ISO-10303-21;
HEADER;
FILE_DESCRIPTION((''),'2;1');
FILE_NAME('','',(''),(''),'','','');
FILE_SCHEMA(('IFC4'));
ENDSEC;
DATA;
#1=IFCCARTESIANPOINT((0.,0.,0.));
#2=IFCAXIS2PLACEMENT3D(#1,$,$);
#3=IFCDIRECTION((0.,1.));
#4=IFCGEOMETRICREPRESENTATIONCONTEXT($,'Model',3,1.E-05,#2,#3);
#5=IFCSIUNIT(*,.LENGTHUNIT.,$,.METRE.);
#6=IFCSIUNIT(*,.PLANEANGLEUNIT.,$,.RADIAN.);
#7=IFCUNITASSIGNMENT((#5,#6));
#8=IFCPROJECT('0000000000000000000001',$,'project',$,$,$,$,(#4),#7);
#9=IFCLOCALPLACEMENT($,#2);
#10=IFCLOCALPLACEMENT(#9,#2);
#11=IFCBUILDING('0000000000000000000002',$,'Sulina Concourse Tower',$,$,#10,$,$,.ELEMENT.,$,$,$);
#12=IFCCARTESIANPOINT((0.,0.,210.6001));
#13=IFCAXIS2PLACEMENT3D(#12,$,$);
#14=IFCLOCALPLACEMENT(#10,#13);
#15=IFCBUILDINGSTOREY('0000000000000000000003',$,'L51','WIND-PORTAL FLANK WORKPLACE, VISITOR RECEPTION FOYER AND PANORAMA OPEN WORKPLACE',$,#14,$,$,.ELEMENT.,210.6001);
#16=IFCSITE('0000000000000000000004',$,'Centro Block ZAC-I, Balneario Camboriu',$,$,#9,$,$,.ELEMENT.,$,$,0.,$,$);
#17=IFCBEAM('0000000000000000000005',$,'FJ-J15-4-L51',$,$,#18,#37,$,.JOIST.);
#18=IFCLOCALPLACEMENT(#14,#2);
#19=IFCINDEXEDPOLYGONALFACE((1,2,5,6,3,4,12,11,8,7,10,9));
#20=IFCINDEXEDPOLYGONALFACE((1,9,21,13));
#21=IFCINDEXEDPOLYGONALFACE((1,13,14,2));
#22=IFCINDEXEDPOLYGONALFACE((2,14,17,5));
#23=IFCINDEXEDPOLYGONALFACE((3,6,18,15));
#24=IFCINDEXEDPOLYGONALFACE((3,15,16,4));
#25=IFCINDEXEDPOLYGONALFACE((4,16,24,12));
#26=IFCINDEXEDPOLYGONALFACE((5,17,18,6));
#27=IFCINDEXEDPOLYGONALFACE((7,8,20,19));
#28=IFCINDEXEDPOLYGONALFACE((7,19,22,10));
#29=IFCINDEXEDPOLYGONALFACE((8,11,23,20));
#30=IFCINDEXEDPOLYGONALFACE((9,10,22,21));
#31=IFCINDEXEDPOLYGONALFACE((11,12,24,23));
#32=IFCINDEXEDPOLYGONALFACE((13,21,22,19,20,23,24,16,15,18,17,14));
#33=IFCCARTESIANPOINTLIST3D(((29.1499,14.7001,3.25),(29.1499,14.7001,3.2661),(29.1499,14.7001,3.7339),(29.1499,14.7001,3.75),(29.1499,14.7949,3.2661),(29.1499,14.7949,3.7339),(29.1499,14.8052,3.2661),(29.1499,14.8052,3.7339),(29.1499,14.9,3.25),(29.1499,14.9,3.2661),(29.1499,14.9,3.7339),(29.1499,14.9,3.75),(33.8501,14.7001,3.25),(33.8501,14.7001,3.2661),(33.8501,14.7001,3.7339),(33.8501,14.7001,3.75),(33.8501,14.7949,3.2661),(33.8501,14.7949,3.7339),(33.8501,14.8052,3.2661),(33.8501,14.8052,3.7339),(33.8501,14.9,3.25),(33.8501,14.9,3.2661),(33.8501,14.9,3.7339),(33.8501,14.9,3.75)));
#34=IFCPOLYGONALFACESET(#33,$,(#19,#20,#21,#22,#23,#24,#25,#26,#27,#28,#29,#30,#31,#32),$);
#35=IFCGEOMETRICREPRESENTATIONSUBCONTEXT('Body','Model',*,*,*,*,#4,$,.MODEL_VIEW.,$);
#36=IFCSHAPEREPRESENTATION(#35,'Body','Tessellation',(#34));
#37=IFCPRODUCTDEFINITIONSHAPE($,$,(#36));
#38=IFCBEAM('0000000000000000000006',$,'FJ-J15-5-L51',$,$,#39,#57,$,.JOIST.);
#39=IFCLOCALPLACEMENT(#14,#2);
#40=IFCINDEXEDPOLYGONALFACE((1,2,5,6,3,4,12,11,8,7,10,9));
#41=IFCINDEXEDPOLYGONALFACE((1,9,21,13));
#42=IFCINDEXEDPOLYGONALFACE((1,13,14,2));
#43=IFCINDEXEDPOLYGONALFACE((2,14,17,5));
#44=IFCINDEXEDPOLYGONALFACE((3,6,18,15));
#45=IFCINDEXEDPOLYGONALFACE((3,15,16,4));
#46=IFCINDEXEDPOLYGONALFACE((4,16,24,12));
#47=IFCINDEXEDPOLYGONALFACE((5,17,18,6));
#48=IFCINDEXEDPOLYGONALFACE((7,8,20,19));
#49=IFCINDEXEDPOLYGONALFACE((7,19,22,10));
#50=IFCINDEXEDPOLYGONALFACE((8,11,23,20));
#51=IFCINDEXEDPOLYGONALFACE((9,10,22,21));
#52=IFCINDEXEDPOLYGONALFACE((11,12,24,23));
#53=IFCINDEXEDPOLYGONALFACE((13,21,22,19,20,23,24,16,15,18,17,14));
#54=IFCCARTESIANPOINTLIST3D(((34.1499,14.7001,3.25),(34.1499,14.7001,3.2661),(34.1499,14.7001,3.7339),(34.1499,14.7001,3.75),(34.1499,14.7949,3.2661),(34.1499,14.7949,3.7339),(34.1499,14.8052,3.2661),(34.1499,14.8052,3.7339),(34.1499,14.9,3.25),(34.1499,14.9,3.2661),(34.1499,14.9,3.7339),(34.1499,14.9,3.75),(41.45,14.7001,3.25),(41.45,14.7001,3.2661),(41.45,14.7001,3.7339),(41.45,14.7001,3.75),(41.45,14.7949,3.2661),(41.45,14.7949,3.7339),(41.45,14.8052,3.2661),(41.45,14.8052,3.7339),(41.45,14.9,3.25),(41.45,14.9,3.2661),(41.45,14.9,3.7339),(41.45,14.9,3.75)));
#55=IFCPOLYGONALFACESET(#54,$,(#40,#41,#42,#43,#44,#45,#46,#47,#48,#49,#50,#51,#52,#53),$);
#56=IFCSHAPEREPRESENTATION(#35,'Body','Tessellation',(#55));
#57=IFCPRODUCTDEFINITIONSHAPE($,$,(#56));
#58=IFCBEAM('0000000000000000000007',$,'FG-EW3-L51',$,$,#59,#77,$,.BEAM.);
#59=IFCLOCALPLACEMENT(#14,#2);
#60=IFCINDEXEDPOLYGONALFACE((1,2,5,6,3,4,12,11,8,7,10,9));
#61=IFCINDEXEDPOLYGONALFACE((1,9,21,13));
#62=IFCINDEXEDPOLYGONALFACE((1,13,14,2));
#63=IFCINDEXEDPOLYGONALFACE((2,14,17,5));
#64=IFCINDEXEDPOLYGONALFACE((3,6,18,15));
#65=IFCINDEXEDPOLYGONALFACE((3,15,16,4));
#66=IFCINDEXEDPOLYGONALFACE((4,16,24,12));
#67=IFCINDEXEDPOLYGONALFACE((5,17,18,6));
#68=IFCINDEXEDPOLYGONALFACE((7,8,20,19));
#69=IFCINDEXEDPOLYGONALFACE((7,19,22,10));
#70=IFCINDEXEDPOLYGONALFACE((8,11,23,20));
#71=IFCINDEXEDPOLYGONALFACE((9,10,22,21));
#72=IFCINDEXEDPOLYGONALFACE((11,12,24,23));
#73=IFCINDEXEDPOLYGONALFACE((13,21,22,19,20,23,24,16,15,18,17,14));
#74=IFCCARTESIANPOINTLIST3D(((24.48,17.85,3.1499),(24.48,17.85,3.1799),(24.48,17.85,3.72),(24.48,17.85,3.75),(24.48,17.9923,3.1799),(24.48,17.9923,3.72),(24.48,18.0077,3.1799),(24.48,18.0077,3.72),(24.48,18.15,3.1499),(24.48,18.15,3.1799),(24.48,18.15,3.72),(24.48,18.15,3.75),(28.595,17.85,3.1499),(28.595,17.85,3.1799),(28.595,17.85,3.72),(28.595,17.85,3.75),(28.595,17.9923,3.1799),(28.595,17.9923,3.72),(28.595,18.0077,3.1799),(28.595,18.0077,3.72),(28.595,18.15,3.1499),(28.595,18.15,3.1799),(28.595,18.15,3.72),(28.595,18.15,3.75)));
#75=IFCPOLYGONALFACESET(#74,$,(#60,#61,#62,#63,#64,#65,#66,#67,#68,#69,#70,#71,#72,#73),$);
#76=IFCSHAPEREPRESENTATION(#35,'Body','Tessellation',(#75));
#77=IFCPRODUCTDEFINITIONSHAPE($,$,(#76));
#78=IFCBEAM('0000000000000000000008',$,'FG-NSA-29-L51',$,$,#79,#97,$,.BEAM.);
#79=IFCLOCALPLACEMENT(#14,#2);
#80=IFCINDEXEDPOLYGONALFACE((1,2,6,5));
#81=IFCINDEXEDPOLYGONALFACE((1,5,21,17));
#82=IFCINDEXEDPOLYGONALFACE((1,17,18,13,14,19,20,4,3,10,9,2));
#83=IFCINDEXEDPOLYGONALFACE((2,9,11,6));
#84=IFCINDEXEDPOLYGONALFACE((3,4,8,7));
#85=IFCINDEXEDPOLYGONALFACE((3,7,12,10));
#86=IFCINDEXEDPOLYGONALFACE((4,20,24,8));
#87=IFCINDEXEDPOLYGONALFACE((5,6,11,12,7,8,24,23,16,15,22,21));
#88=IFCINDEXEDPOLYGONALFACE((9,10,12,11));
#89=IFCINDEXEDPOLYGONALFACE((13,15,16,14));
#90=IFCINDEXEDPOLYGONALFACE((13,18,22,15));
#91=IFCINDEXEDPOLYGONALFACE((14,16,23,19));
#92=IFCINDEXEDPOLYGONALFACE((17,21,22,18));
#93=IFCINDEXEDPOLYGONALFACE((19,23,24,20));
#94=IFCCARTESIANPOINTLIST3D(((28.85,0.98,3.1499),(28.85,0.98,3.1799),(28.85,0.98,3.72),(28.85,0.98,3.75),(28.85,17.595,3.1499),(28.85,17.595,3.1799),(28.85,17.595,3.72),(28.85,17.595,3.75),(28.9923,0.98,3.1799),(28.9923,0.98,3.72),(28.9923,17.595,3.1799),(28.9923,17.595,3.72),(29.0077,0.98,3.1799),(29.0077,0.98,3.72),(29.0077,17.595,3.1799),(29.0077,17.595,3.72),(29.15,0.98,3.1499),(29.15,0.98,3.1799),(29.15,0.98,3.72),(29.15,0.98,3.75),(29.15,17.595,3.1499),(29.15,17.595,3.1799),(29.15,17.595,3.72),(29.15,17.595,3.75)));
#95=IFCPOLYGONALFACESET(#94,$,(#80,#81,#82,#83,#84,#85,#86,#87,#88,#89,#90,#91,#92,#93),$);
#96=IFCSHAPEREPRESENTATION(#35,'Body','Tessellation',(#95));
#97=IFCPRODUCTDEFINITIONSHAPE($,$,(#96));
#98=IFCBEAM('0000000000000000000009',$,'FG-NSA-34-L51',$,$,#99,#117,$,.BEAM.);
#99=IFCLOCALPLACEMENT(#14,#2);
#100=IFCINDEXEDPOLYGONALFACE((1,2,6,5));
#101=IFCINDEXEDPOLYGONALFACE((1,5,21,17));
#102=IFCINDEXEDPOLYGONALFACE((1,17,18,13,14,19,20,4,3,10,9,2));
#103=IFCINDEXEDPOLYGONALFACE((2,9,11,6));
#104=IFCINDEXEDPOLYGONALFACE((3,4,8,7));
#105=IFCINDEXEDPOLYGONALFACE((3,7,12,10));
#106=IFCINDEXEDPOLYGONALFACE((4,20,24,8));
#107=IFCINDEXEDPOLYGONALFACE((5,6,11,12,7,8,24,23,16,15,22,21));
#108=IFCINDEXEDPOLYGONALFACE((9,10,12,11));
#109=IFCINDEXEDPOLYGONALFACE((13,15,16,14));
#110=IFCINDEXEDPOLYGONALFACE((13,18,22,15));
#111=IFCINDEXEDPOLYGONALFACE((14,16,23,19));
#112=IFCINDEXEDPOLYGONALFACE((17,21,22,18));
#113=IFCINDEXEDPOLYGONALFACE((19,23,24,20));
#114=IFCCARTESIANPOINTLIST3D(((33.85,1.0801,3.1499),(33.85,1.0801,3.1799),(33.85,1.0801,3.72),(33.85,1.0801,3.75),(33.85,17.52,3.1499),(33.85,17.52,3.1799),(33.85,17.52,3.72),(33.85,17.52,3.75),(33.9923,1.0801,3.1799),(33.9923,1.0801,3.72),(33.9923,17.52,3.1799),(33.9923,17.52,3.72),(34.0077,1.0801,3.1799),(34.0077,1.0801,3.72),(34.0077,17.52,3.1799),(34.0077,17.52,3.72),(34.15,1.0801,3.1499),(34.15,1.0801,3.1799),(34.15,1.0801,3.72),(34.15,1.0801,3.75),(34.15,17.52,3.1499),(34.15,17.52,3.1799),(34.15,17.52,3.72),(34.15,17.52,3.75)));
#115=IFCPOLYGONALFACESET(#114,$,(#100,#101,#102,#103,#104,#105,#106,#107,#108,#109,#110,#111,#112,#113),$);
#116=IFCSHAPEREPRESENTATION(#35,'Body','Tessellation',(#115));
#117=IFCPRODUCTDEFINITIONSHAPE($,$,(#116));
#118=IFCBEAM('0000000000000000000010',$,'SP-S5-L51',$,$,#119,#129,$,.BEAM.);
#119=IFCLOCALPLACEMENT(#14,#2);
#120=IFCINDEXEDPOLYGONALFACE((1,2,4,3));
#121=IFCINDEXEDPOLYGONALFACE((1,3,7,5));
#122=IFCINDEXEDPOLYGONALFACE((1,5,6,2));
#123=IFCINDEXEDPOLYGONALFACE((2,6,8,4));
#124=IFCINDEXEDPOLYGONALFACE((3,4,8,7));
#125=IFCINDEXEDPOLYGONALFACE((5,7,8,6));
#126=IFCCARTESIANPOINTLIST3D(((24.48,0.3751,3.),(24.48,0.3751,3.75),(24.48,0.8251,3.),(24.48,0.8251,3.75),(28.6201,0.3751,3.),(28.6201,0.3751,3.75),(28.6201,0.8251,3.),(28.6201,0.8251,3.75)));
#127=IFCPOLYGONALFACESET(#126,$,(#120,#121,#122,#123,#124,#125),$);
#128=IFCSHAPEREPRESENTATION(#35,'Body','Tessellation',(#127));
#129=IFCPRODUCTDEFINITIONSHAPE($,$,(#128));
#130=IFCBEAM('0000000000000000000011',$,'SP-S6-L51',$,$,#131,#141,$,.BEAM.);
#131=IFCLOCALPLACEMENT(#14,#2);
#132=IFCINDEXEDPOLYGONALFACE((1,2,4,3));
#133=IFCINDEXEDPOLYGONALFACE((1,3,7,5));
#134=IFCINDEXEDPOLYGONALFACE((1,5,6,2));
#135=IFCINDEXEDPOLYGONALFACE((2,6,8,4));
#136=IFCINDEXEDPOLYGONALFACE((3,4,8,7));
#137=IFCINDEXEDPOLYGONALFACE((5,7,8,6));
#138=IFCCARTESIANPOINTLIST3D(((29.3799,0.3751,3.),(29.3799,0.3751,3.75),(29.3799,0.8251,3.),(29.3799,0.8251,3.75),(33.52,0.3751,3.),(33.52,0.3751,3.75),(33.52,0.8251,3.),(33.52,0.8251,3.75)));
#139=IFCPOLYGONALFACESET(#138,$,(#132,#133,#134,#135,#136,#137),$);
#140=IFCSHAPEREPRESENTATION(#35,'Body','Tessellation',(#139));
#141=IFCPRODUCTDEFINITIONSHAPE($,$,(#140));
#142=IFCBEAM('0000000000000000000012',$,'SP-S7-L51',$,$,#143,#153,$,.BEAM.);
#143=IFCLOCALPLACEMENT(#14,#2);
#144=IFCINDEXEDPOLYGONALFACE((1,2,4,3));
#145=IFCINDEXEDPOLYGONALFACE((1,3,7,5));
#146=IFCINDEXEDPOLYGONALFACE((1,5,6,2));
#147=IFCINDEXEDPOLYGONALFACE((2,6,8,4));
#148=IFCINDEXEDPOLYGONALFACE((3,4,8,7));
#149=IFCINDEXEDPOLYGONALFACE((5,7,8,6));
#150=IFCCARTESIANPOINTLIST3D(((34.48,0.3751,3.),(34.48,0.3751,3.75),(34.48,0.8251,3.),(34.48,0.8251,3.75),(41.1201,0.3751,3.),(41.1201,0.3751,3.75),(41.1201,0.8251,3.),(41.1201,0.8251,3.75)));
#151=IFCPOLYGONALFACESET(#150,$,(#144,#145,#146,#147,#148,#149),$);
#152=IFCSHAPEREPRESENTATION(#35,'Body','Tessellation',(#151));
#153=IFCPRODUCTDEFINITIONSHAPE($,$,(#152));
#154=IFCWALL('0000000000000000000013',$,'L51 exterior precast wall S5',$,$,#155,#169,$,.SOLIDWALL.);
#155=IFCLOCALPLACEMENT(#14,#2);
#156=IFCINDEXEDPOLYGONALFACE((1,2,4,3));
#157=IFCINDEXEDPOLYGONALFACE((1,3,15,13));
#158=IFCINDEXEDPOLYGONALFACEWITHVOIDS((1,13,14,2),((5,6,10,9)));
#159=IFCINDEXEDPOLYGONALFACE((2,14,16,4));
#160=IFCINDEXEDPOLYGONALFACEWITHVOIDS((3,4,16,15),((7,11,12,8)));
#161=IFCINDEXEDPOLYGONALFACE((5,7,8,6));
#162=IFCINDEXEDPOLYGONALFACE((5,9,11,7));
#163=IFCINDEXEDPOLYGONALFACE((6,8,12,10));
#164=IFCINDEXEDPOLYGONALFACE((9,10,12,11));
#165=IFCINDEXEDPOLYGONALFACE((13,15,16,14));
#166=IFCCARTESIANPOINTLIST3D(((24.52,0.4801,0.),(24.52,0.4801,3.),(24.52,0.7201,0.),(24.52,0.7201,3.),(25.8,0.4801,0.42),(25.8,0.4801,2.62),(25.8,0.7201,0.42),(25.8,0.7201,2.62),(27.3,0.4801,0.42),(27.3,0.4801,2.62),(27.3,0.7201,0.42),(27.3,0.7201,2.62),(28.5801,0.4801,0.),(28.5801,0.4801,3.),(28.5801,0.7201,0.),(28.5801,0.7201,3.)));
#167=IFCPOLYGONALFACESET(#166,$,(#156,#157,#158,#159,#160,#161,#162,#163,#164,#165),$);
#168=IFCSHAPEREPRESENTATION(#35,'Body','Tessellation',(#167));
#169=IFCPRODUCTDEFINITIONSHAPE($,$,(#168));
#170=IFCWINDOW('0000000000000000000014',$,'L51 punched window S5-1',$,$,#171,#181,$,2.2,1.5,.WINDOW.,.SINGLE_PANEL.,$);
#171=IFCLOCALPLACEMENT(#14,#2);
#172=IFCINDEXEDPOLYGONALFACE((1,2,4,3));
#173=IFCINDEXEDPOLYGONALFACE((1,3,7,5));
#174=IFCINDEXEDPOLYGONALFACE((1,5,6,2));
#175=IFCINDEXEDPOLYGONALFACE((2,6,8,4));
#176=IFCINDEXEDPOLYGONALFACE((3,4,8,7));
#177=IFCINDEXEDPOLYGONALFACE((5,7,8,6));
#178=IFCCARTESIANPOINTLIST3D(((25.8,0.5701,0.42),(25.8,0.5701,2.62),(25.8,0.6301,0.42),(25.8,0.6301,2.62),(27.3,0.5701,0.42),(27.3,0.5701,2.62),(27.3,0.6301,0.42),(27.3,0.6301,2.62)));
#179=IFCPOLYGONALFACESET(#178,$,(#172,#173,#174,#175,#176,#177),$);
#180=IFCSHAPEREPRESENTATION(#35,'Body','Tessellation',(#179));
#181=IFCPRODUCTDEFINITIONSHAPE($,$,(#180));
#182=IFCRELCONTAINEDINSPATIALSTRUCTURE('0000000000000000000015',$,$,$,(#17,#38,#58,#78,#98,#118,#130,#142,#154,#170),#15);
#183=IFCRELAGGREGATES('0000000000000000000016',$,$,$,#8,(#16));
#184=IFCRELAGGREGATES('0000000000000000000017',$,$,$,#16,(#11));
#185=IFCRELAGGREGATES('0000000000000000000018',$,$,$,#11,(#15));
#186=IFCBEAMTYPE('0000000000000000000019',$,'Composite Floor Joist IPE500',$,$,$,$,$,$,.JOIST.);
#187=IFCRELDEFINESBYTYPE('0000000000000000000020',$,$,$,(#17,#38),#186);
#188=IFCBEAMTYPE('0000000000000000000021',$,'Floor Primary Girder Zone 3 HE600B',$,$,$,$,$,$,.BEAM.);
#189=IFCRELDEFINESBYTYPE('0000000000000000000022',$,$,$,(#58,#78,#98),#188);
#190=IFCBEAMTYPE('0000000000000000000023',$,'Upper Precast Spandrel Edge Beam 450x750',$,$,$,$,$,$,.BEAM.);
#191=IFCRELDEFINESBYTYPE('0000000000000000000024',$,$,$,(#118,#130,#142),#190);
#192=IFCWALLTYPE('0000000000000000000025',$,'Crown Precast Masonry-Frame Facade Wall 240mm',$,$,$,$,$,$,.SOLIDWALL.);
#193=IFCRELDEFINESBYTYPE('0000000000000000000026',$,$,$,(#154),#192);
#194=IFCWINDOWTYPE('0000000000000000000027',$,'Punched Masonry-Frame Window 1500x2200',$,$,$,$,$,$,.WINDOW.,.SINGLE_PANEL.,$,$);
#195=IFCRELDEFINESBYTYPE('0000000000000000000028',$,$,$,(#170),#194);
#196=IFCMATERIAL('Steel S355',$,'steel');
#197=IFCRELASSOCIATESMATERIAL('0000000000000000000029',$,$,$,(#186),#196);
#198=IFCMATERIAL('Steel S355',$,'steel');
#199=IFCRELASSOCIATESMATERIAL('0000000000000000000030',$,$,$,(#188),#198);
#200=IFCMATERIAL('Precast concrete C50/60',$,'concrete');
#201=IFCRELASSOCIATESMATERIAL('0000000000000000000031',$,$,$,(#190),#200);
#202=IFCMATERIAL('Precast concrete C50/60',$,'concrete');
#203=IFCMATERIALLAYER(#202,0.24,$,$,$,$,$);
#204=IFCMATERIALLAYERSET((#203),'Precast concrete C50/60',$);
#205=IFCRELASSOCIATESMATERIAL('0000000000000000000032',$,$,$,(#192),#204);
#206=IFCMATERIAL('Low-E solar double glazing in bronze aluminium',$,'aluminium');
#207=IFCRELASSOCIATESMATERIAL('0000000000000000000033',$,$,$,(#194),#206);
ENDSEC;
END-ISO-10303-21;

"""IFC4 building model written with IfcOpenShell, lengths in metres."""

from ifc_helpers import new_model, si_unit, direction, frame, frame_2d, origin, origin_2d, place, context, subcontext, project, spatial, rectangle, i_section, extrude, material, layer, layer_set, material_profile, profile_set, type_object, element, fill, save


model = new_model("IFC4")

# Units and contexts
model_context = context("Model", 3, precision=1e-05, world=origin(), true_north=direction((0.0, 1.0)))
body_context = subcontext(model_context, "Body", "Model", "MODEL_VIEW")
ifc_project = project(units=[si_unit("LENGTHUNIT", "METRE"), si_unit("PLANEANGLEUNIT", "RADIAN")], contexts=[model_context])

# Site, building, storey
site_placement = place(None, origin())
site = spatial("IfcSite", under=ifc_project, at=site_placement, Name="Centro Block ZAC-I, Balneario Camboriu", CompositionType="ELEMENT", RefElevation=0.0)
building_placement = place(site_placement, origin())
building = spatial("IfcBuilding", under=site, at=building_placement, Name="Sulina Concourse Tower", CompositionType="ELEMENT")
storey_placement = place(building_placement, frame((0.0, 0.0, 210.6001)))
storey = spatial("IfcBuildingStorey", under=building, at=storey_placement, Name="L51", Description="WIND-PORTAL FLANK WORKPLACE, VISITOR RECEPTION FOYER AND PANORAMA OPEN WORKPLACE", CompositionType="ELEMENT", Elevation=210.6001)

# Beams
ifc_material_1 = material(Name="Steel S355", Category="steel")
ifc_material_profile_1 = material_profile(ifc_material_1, i_section(OverallWidth=0.2, OverallDepth=0.5, WebThickness=0.0103, FlangeThickness=0.0161, at=origin_2d()), Name="IPE 500")
ifc_profile_set_1 = profile_set([ifc_material_profile_1], Name="Steel S355")
beam_type_1 = type_object("IfcBeamType", Name="Composite Floor Joist IPE500", PredefinedType="JOIST", material=ifc_profile_set_1)
for number, where, z_axis, x_axis, name in (
    (1, (29.1499, 14.8, 3.5), (1.0, 0.0, 0.0), (0.0, 1.0, 0.0), "FJ-J15-4-L51"),
):
    element("IfcBeam", number, at=place(storey_placement, frame(where, z_axis=z_axis, x_axis=x_axis)), inside=storey, type_object=beam_type_1, Name=name, PredefinedType="JOIST", context=body_context, shape_type="SweptSolid", body=[
        extrude(i_section(OverallWidth=0.2, OverallDepth=0.5, WebThickness=0.0103, FlangeThickness=0.0161, at=origin_2d()), origin(), (0.0, 0.0, 1.0), 4.7002),
    ])
beam_1_placement = place(storey_placement, frame((34.1499, 14.8, 3.5), z_axis=(1.0, 0.0, 0.0), x_axis=(0.0, 1.0, 0.0)))
element("IfcBeam", 2, at=beam_1_placement, inside=storey, type_object=beam_type_1, Name="FJ-J15-5-L51", PredefinedType="JOIST", context=body_context, shape_type="SweptSolid", body=[
    extrude(i_section(OverallWidth=0.2, OverallDepth=0.5, WebThickness=0.0103, FlangeThickness=0.0161, at=origin_2d()), origin(), (0.0, 0.0, 1.0), 7.3),
])
ifc_material_2 = material(Name="Steel S355", Category="steel")
ifc_material_profile_2 = material_profile(ifc_material_2, i_section(OverallWidth=0.3, OverallDepth=0.6001, WebThickness=0.0154, FlangeThickness=0.03, at=origin_2d()), Name="HE 600 B")
ifc_profile_set_2 = profile_set([ifc_material_profile_2], Name="Steel S355")
beam_type_2 = type_object("IfcBeamType", Name="Floor Primary Girder Zone 3 HE600B", PredefinedType="BEAM", material=ifc_profile_set_2)
beam_2_placement = place(storey_placement, frame((24.48, 18.0, 3.45), z_axis=(1.0, 0.0, 0.0), x_axis=(0.0, 1.0, 0.0)))
element("IfcBeam", 3, at=beam_2_placement, inside=storey, type_object=beam_type_2, Name="FG-EW3-L51", PredefinedType="BEAM", context=body_context, shape_type="SweptSolid", body=[
    extrude(i_section(OverallWidth=0.3, OverallDepth=0.6001, WebThickness=0.0154, FlangeThickness=0.03, at=origin_2d()), origin(), (0.0, 0.0, 1.0), 4.115),
])
beam_3_placement = place(storey_placement, frame((29.0, 0.98, 3.45), z_axis=(0.0, 1.0, 0.0), x_axis=(-1.0, 0.0, 0.0)))
element("IfcBeam", 4, at=beam_3_placement, inside=storey, type_object=beam_type_2, Name="FG-NSA-29-L51", PredefinedType="BEAM", context=body_context, shape_type="SweptSolid", body=[
    extrude(i_section(OverallWidth=0.3, OverallDepth=0.6001, WebThickness=0.0154, FlangeThickness=0.03, at=origin_2d()), origin(), (0.0, 0.0, 1.0), 16.615),
])
beam_4_placement = place(storey_placement, frame((34.0, 1.0801, 3.45), z_axis=(0.0, 1.0, 0.0), x_axis=(-1.0, 0.0, 0.0)))
element("IfcBeam", 5, at=beam_4_placement, inside=storey, type_object=beam_type_2, Name="FG-NSA-34-L51", PredefinedType="BEAM", context=body_context, shape_type="SweptSolid", body=[
    extrude(i_section(OverallWidth=0.3, OverallDepth=0.6001, WebThickness=0.0154, FlangeThickness=0.03, at=origin_2d()), origin(), (0.0, 0.0, 1.0), 16.4399),
])
ifc_material_3 = material(Name="Precast concrete C50/60", Category="concrete")
ifc_material_profile_3 = material_profile(ifc_material_3, rectangle(XDim=0.45, YDim=0.75, at=origin_2d()), Name="RC 450x750")
ifc_profile_set_3 = profile_set([ifc_material_profile_3], Name="Precast concrete C50/60")
beam_type_3 = type_object("IfcBeamType", Name="Upper Precast Spandrel Edge Beam 450x750", PredefinedType="BEAM", material=ifc_profile_set_3)
for number, where, z_axis, x_axis, name in (
    (6, (24.48, 0.6001, 3.375), (1.0, 0.0, 0.0), (0.0, 1.0, 0.0), "SP-S5-L51"),
    (7, (29.3799, 0.6001, 3.375), (1.0, 0.0, 0.0), (0.0, 1.0, 0.0), "SP-S6-L51"),
):
    element("IfcBeam", number, at=place(storey_placement, frame(where, z_axis=z_axis, x_axis=x_axis)), inside=storey, type_object=beam_type_3, Name=name, PredefinedType="BEAM", context=body_context, shape_type="SweptSolid", body=[
        extrude(rectangle(XDim=0.45, YDim=0.75, at=origin_2d()), origin(), (0.0, 0.0, 1.0), 4.1401),
    ])
beam_5_placement = place(storey_placement, frame((34.48, 0.6001, 3.375), z_axis=(1.0, 0.0, 0.0), x_axis=(0.0, 1.0, 0.0)))
element("IfcBeam", 8, at=beam_5_placement, inside=storey, type_object=beam_type_3, Name="SP-S7-L51", PredefinedType="BEAM", context=body_context, shape_type="SweptSolid", body=[
    extrude(rectangle(XDim=0.45, YDim=0.75, at=origin_2d()), origin(), (0.0, 0.0, 1.0), 6.6401),
])

# Wall, opening, window
ifc_material_4 = material(Name="Precast concrete C50/60", Category="concrete")
ifc_layer = layer(ifc_material_4, 0.24)
ifc_layer_set = layer_set([ifc_layer], Name="Precast concrete C50/60")
wall_type = type_object("IfcWallType", Name="Crown Precast Masonry-Frame Facade Wall 240mm", PredefinedType="SOLIDWALL", material=ifc_layer_set)
wall_1_placement = place(storey_placement, frame((28.5801, 0.6001, 0.0), z_axis=(0.0, 0.0, 1.0), x_axis=(-1.0, 0.0, 0.0)))
wall_1 = element("IfcWall", 9, at=wall_1_placement, inside=storey, type_object=wall_type, Name="L51 exterior precast wall S5", PredefinedType="SOLIDWALL", context=body_context, shape_type="SweptSolid", body=[
    extrude(rectangle(XDim=4.0601, YDim=0.24, at=frame_2d((2.03, 0.0))), origin(), (0.0, 0.0, 1.0), 3.0),
])
opening_1_placement = place(wall_1_placement, frame((1.28, 0.0, 0.4199)))
opening_1 = element("IfcOpeningElement", 10, at=opening_1_placement, cuts=wall_1, PredefinedType="OPENING", context=body_context, shape_type="SweptSolid", body=[
    extrude(rectangle(XDim=1.5, YDim=2.2, at=frame_2d((0.75, 1.1001))), frame((0.0, 0.1299, 0.0), z_axis=(0.0, -1.0, 0.0), x_axis=(1.0, 0.0, 0.0)), (0.0, 0.0, 1.0), 0.26),
])
ifc_material_5 = material(Name="Low-E solar double glazing in bronze aluminium", Category="aluminium")
window_type = type_object("IfcWindowType", Name="Punched Masonry-Frame Window 1500x2200", PartitioningType="SINGLE_PANEL", PredefinedType="WINDOW", material=ifc_material_5)
window_1_placement = place(opening_1_placement, origin())
window_1 = element("IfcWindow", 11, at=window_1_placement, inside=storey, type_object=window_type, Name="L51 punched window S5-1", OverallHeight=2.2, OverallWidth=1.5, PartitioningType="SINGLE_PANEL", PredefinedType="WINDOW", context=body_context, shape_type="SweptSolid", body=[
    extrude(rectangle(XDim=1.5, YDim=2.2, at=frame_2d((0.75, 1.1001))), frame((0.0, 0.03, 0.0), z_axis=(0.0, -1.0, 0.0), x_axis=(1.0, 0.0, 0.0)), (0.0, 0.0, 1.0), 0.0601),
])
fill(opening_1, window_1)

save(model, "model.ifc")
